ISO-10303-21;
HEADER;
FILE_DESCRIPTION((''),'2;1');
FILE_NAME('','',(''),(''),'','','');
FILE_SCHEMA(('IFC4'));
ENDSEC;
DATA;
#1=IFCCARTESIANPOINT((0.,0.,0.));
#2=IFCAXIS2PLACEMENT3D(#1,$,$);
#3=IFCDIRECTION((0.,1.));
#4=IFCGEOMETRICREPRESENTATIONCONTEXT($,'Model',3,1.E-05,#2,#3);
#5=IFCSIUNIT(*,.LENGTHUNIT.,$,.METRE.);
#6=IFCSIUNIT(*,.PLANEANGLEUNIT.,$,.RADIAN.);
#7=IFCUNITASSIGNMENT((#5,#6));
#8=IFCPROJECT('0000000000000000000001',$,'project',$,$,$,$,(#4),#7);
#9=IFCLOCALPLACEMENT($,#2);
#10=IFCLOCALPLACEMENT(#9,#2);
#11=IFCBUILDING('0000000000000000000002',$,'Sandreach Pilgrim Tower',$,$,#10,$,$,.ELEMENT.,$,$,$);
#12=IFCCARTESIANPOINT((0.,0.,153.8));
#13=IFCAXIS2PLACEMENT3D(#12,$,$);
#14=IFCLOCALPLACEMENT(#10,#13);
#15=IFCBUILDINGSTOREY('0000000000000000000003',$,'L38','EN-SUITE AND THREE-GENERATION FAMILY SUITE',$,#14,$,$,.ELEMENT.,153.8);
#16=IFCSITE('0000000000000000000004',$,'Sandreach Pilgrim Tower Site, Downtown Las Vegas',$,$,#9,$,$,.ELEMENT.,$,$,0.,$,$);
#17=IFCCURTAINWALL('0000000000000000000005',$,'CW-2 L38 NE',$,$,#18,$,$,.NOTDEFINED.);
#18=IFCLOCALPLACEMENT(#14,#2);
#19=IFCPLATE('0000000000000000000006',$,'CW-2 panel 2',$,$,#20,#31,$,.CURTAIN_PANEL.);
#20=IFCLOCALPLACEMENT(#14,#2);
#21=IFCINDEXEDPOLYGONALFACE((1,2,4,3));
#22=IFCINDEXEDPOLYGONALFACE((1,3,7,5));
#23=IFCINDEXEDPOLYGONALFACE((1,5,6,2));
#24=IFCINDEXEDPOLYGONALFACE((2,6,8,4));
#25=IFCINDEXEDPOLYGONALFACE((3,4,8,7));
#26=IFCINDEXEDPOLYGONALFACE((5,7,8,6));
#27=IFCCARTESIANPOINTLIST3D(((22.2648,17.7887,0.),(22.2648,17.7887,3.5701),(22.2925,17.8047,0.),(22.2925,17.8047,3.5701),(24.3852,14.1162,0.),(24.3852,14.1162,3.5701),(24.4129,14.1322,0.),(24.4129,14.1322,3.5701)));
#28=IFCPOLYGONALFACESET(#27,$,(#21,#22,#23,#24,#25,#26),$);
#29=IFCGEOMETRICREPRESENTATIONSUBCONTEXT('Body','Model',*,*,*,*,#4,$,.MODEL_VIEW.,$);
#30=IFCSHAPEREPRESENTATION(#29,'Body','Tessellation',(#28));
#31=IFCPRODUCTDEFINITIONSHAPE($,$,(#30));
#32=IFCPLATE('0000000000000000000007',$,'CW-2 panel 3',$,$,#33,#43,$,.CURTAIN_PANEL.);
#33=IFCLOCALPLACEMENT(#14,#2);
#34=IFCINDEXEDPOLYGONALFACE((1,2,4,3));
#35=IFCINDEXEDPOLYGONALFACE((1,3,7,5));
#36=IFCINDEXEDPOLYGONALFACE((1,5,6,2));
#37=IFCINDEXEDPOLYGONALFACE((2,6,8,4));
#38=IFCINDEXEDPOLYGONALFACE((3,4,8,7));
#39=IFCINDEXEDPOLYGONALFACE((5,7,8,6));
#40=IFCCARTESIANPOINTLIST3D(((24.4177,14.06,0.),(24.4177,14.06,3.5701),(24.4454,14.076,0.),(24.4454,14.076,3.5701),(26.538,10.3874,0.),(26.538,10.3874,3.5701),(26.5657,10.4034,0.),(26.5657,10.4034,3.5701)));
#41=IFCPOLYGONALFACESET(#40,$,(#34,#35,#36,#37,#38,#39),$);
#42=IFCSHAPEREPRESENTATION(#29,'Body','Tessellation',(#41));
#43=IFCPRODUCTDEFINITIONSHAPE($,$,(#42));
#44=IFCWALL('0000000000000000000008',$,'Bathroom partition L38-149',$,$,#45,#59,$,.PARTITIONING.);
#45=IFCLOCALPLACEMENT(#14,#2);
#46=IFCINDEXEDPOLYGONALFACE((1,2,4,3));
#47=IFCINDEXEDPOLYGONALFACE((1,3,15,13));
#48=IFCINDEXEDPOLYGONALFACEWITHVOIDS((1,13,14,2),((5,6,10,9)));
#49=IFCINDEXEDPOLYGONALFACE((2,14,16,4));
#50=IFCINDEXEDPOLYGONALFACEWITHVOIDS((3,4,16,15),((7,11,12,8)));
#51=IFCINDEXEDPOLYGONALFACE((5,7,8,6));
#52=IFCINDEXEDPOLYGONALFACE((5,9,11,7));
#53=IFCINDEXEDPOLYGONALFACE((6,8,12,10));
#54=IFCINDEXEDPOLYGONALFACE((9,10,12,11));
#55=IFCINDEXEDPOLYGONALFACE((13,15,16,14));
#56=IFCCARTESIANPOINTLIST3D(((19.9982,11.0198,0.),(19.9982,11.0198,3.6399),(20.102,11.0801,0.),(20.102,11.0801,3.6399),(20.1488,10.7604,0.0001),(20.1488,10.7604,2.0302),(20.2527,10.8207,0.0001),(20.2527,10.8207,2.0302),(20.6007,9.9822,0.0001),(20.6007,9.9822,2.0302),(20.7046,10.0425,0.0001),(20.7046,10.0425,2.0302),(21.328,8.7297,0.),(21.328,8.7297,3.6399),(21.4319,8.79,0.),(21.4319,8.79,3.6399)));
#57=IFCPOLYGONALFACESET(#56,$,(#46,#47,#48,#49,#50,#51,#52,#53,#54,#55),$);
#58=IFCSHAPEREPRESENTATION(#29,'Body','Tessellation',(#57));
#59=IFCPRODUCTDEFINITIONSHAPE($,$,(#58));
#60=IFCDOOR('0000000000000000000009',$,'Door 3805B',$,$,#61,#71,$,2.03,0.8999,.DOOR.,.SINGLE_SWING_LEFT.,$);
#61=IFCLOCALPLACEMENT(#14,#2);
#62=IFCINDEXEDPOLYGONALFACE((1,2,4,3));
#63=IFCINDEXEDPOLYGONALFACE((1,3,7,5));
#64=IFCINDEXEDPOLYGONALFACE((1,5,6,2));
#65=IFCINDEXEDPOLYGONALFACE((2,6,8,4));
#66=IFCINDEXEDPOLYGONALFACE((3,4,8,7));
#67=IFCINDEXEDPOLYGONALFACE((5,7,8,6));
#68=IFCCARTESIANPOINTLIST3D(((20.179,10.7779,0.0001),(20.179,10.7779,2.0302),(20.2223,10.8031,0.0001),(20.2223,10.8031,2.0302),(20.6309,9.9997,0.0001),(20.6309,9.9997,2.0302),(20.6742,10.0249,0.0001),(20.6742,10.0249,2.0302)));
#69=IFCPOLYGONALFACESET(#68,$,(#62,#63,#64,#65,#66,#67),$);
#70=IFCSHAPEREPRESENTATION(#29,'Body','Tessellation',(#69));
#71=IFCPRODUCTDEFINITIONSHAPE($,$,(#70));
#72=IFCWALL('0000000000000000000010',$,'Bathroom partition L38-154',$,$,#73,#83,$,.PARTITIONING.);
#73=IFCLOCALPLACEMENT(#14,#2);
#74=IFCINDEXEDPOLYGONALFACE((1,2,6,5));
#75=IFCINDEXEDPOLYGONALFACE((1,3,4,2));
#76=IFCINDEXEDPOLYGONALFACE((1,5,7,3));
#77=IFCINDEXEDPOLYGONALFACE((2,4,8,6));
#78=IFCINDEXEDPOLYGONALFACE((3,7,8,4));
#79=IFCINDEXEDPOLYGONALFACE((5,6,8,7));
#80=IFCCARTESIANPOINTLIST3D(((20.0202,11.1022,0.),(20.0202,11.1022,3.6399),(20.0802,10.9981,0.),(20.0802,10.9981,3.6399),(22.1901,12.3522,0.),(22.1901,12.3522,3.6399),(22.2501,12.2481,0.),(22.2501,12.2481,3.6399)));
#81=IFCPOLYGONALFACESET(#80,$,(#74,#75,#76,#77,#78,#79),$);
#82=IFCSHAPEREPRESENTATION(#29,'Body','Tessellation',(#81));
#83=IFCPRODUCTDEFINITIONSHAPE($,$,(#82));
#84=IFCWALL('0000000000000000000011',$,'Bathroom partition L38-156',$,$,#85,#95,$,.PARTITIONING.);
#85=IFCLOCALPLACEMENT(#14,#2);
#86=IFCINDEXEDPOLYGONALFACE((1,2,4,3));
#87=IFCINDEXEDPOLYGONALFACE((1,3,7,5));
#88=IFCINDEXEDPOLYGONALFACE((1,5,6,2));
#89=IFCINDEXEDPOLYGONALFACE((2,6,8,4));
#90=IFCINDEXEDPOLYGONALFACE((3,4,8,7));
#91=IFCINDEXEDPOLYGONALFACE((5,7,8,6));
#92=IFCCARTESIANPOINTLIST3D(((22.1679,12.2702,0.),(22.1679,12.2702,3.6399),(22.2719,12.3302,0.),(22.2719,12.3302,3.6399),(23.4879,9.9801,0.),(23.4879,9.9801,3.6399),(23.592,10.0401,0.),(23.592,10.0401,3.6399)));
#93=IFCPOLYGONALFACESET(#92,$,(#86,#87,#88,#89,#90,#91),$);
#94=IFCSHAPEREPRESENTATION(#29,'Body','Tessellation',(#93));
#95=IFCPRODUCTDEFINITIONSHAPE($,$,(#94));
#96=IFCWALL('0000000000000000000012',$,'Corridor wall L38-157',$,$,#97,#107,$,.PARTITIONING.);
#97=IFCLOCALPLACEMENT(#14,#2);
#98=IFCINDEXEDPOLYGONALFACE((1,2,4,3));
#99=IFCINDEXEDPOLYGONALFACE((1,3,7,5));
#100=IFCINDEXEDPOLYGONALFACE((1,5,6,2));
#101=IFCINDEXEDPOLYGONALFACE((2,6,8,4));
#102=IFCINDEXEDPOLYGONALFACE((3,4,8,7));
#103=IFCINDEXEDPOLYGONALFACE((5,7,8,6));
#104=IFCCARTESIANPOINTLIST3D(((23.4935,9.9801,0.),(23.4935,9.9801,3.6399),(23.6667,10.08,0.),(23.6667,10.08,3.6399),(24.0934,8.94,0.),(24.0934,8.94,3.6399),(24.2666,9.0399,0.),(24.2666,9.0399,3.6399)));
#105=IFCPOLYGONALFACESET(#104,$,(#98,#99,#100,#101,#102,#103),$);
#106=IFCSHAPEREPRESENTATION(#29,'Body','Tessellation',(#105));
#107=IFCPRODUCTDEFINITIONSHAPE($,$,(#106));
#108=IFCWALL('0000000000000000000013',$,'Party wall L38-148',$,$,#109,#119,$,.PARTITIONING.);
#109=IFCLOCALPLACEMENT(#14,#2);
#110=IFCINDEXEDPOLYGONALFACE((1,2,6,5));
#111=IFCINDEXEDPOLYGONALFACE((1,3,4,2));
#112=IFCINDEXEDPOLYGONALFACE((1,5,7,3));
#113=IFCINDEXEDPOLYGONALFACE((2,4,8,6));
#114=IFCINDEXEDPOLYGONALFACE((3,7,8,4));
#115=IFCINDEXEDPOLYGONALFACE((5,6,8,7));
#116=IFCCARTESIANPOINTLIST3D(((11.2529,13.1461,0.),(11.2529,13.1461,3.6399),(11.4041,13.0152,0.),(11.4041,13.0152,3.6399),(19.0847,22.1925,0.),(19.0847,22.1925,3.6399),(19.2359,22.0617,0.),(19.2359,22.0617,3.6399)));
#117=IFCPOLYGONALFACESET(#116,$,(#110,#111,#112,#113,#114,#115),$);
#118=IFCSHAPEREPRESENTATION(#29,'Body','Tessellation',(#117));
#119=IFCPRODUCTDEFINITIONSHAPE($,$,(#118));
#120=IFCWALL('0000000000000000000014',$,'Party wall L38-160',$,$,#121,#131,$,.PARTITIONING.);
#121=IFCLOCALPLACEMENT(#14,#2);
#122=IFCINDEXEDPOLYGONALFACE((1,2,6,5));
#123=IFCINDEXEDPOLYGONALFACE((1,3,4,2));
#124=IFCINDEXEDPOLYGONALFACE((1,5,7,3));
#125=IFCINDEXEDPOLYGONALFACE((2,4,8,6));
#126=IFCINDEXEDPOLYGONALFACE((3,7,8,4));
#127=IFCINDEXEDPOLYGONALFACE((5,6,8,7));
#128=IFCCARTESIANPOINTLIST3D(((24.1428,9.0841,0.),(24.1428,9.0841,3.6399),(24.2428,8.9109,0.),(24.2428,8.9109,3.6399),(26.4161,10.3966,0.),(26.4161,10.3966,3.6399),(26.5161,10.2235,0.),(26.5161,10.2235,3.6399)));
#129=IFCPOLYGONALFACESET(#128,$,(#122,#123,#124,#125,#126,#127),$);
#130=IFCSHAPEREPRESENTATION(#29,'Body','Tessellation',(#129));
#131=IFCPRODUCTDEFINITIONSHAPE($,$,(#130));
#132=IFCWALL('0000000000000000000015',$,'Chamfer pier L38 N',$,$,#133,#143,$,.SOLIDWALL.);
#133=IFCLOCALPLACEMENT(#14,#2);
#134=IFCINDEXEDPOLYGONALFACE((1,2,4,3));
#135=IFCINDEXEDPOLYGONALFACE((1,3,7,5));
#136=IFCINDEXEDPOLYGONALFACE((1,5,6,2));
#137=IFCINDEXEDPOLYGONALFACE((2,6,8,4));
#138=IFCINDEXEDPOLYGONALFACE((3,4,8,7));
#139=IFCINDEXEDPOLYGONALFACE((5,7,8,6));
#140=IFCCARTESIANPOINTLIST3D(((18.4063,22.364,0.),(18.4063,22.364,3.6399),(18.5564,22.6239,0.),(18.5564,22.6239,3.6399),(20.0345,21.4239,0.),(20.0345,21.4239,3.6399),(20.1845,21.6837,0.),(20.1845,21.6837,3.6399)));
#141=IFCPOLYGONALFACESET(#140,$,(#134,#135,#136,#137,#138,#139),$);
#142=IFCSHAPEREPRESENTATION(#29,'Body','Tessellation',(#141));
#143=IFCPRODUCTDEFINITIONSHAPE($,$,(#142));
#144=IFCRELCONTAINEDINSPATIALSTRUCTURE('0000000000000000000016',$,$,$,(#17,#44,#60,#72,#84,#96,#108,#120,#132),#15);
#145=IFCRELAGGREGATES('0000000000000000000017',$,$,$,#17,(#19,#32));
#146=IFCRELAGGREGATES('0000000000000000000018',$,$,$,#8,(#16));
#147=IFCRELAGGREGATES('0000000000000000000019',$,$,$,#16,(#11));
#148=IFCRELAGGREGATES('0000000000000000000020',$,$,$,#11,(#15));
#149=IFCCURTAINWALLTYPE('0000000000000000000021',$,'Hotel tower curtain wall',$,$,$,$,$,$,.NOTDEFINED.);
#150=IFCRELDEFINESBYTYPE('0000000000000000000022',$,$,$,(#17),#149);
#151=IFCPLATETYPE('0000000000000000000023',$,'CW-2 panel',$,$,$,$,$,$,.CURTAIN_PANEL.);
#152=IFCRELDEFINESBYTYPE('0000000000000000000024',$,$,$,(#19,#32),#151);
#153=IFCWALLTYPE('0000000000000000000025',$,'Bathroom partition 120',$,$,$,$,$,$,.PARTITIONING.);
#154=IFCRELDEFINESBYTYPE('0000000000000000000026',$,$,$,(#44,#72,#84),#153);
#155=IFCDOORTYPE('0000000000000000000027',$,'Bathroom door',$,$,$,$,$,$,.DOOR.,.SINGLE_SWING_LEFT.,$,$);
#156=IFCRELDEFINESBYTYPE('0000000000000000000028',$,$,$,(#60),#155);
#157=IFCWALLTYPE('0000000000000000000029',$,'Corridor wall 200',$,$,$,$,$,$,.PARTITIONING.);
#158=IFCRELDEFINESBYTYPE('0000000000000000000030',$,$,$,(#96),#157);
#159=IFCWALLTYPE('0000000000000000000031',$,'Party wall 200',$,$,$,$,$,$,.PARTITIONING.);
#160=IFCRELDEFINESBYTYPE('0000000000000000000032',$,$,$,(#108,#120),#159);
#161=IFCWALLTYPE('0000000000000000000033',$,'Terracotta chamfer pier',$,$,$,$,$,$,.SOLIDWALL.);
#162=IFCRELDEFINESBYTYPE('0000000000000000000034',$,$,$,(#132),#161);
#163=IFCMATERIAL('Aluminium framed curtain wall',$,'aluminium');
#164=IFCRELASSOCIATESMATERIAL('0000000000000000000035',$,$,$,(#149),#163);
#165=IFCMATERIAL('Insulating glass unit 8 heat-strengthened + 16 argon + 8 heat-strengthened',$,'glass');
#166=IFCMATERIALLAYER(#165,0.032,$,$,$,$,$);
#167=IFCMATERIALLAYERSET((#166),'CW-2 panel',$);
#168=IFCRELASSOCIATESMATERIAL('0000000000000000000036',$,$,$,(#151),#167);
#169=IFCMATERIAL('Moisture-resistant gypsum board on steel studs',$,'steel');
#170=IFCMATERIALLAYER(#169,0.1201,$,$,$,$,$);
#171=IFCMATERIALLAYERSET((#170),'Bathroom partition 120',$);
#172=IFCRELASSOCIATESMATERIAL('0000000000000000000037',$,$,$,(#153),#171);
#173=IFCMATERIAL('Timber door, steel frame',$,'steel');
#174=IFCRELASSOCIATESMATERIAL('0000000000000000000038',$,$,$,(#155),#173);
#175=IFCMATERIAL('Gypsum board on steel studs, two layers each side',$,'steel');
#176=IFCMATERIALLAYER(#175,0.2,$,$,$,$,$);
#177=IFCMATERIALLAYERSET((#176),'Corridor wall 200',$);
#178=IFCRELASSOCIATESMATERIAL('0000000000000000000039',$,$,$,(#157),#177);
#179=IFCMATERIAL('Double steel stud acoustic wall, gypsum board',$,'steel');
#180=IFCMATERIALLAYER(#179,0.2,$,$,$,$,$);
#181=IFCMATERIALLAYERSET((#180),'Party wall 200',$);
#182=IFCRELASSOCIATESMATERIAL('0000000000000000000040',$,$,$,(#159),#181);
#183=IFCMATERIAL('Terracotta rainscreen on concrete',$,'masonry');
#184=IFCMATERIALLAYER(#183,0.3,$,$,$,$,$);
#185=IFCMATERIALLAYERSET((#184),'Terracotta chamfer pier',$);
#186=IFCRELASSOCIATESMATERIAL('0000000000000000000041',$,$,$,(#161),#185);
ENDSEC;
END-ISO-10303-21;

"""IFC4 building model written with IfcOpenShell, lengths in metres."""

from ifc_helpers import new_model, si_unit, direction, frame, frame_2d, origin, origin_2d, place, context, subcontext, project, spatial, rectangle, extrude, material, layer, layer_set, type_object, element, fill, aggregate, save


model = new_model("IFC4")

# Units and contexts
model_context = context("Model", 3, precision=1e-05, world=origin(), true_north=direction((0.0, 1.0)))
body_context = subcontext(model_context, "Body", "Model", "MODEL_VIEW")
ifc_project = project(units=[si_unit("LENGTHUNIT", "METRE"), si_unit("PLANEANGLEUNIT", "RADIAN")], contexts=[model_context])

# Site, building, storey
site_placement = place(None, origin())
site = spatial("IfcSite", under=ifc_project, at=site_placement, Name="Sandreach Pilgrim Tower Site, Downtown Las Vegas", CompositionType="ELEMENT", RefElevation=0.0)
building_placement = place(site_placement, origin())
building = spatial("IfcBuilding", under=site, at=building_placement, Name="Sandreach Pilgrim Tower", CompositionType="ELEMENT")
storey_placement = place(building_placement, frame((0.0, 0.0, 153.8)))
storey = spatial("IfcBuildingStorey", under=building, at=storey_placement, Name="L38", Description="EN-SUITE AND THREE-GENERATION FAMILY SUITE", CompositionType="ELEMENT", Elevation=153.8)

# Shared definitions
ifc_material_1 = material(Name="Aluminium framed curtain wall", Category="aluminium")
curtain_wall_type = type_object("IfcCurtainWallType", Name="Hotel tower curtain wall", PredefinedType="NOTDEFINED", material=ifc_material_1)

# Curtain wall
curtain_wall_1_placement = place(storey_placement, origin())
curtain_wall_1 = element("IfcCurtainWall", 1, at=curtain_wall_1_placement, inside=storey, type_object=curtain_wall_type, Name="CW-2 L38 NE", PredefinedType="NOTDEFINED")

# Plates
ifc_material_2 = material(Name="Insulating glass unit 8 heat-strengthened + 16 argon + 8 heat-strengthened", Category="glass")
ifc_layer_1 = layer(ifc_material_2, 0.032)
ifc_layer_set_1 = layer_set([ifc_layer_1], Name="CW-2 panel")
plate_type = type_object("IfcPlateType", Name="CW-2 panel", PredefinedType="CURTAIN_PANEL", material=ifc_layer_set_1)
plate_1_placement = place(storey_placement, frame((23.3389, 15.9604, 0.0), z_axis=(0.0, 0.0, 1.0), x_axis=(0.5, -0.866025, 0.0)))
plate_1 = element("IfcPlate", 2, at=plate_1_placement, type_object=plate_type, Name="CW-2 panel 2", PredefinedType="CURTAIN_PANEL", context=body_context, shape_type="SweptSolid", body=[
    extrude(rectangle(XDim=4.2407, YDim=0.032, at=origin_2d()), origin(), (0.0, 0.0, 1.0), 3.5701),
])
plate_2_placement = place(storey_placement, frame((25.4917, 12.2317, 0.0), z_axis=(0.0, 0.0, 1.0), x_axis=(0.5, -0.866025, 0.0)))
plate_2 = element("IfcPlate", 3, at=plate_2_placement, type_object=plate_type, Name="CW-2 panel 3", PredefinedType="CURTAIN_PANEL", context=body_context, shape_type="SweptSolid", body=[
    extrude(rectangle(XDim=4.2407, YDim=0.032, at=origin_2d()), origin(), (0.0, 0.0, 1.0), 3.5701),
])
aggregate(curtain_wall_1, [plate_1, plate_2])

# Wall, opening, door
ifc_material_3 = material(Name="Moisture-resistant gypsum board on steel studs", Category="steel")
ifc_layer_2 = layer(ifc_material_3, 0.1201)
ifc_layer_set_2 = layer_set([ifc_layer_2], Name="Bathroom partition 120")
wall_type_1 = type_object("IfcWallType", Name="Bathroom partition 120", PredefinedType="PARTITIONING", material=ifc_layer_set_2)
wall_1_placement = place(storey_placement, frame((20.05, 11.05, 0.0), z_axis=(0.0, 0.0, 1.0), x_axis=(0.502173, -0.864767, 0.0)))
wall_1 = element("IfcWall", 4, at=wall_1_placement, inside=storey, type_object=wall_type_1, Name="Bathroom partition L38-149", PredefinedType="PARTITIONING", context=body_context, shape_type="SweptSolid", body=[
    extrude(rectangle(XDim=2.6482, YDim=0.1201, at=frame_2d((1.3242, 0.0))), origin(), (0.0, 0.0, 1.0), 3.6399),
])
opening_placement = place(wall_1_placement, frame((0.3, 0.0, 0.0)))
opening = element("IfcOpeningElement", 5, at=opening_placement, cuts=wall_1, PredefinedType="OPENING", context=body_context, shape_type="SweptSolid", body=[
    extrude(rectangle(XDim=0.8999, YDim=2.03, at=frame_2d((0.45, 1.0151))), frame((0.0, 0.0601, 0.0), z_axis=(0.0, -1.0, 0.0), x_axis=(1.0, 0.0, 0.0)), (0.0, 0.0, 1.0), 0.1201),
])
ifc_material_4 = material(Name="Timber door, steel frame", Category="steel")
door_type = type_object("IfcDoorType", Name="Bathroom door", OperationType="SINGLE_SWING_LEFT", PredefinedType="DOOR", material=ifc_material_4)
door_placement = place(opening_placement, origin())
door = element("IfcDoor", 6, at=door_placement, inside=storey, type_object=door_type, Name="Door 3805B", OperationType="SINGLE_SWING_LEFT", OverallHeight=2.03, OverallWidth=0.8999, PredefinedType="DOOR", context=body_context, shape_type="SweptSolid", body=[
    extrude(rectangle(XDim=0.8999, YDim=2.03, at=frame_2d((0.45, 1.0151))), frame((0.0, 0.0249, 0.0), z_axis=(0.0, -1.0, 0.0), x_axis=(1.0, 0.0, 0.0)), (0.0, 0.0, 1.0), 0.05),
])
fill(opening, door)

# Walls
wall_2_placement = place(storey_placement, frame((22.22, 12.3, 0.0), z_axis=(0.0, 0.0, 1.0), x_axis=(-0.86651, -0.49916, 0.0)))
element("IfcWall", 7, at=wall_2_placement, inside=storey, type_object=wall_type_1, Name="Bathroom partition L38-154", PredefinedType="PARTITIONING", context=body_context, shape_type="SweptSolid", body=[
    extrude(rectangle(XDim=2.5042, YDim=0.1201, at=frame_2d((1.252, 0.0))), origin(), (0.0, 0.0, 1.0), 3.6399),
])
wall_3_placement = place(storey_placement, frame((23.54, 10.01, 0.0), z_axis=(0.0, 0.0, 1.0), x_axis=(-0.499408, 0.866367, 0.0)))
element("IfcWall", 8, at=wall_3_placement, inside=storey, type_object=wall_type_1, Name="Bathroom partition L38-156", PredefinedType="PARTITIONING", context=body_context, shape_type="SweptSolid", body=[
    extrude(rectangle(XDim=2.6433, YDim=0.1201, at=frame_2d((1.3218, 0.0))), origin(), (0.0, 0.0, 1.0), 3.6399),
])
ifc_material_5 = material(Name="Gypsum board on steel studs, two layers each side", Category="steel")
ifc_layer_3 = layer(ifc_material_5, 0.2)
ifc_layer_set_3 = layer_set([ifc_layer_3], Name="Corridor wall 200")
wall_type_2 = type_object("IfcWallType", Name="Corridor wall 200", PredefinedType="PARTITIONING", material=ifc_layer_set_3)
wall_4_placement = place(storey_placement, frame((23.5801, 10.03, 0.0), z_axis=(0.0, 0.0, 1.0), x_axis=(0.499617, -0.866247, 0.0)))
element("IfcWall", 9, at=wall_4_placement, inside=storey, type_object=wall_type_2, Name="Corridor wall L38-157", PredefinedType="PARTITIONING", context=body_context, shape_type="SweptSolid", body=[
    extrude(rectangle(XDim=1.2007, YDim=0.2, at=frame_2d((0.6003, 0.0))), origin(), (0.0, 0.0, 1.0), 3.6399),
])
ifc_material_6 = material(Name="Double steel stud acoustic wall, gypsum board", Category="steel")
ifc_layer_4 = layer(ifc_material_6, 0.2)
ifc_layer_set_4 = layer_set([ifc_layer_4], Name="Party wall 200")
wall_type_3 = type_object("IfcWallType", Name="Party wall 200", PredefinedType="PARTITIONING", material=ifc_layer_set_4)
wall_5_placement = place(storey_placement, frame((19.1604, 22.1272, 0.0), z_axis=(0.0, 0.0, 1.0), x_axis=(-0.654529, -0.756037, 0.0)))
element("IfcWall", 10, at=wall_5_placement, inside=storey, type_object=wall_type_3, Name="Party wall L38-148", PredefinedType="PARTITIONING", context=body_context, shape_type="SweptSolid", body=[
    extrude(rectangle(XDim=11.9656, YDim=0.2, at=frame_2d((5.9829, 0.0))), origin(), (0.0, 0.0, 1.0), 3.6399),
])
wall_6_placement = place(storey_placement, frame((26.4661, 10.3101, 0.0), z_axis=(0.0, 0.0, 1.0), x_axis=(-0.866014, -0.50002, 0.0)))
element("IfcWall", 11, at=wall_6_placement, inside=storey, type_object=wall_type_3, Name="Party wall L38-160", PredefinedType="PARTITIONING", context=body_context, shape_type="SweptSolid", body=[
    extrude(rectangle(XDim=2.625, YDim=0.2, at=frame_2d((1.3125, 0.0))), origin(), (0.0, 0.0, 1.0), 3.6399),
])
ifc_material_7 = material(Name="Terracotta rainscreen on concrete", Category="masonry")
ifc_layer_5 = layer(ifc_material_7, 0.3)
ifc_layer_set_5 = layer_set([ifc_layer_5], Name="Terracotta chamfer pier")
wall_type_4 = type_object("IfcWallType", Name="Terracotta chamfer pier", PredefinedType="SOLIDWALL", material=ifc_layer_set_5)
wall_7_placement = place(storey_placement, frame((18.4814, 22.4939, 0.0), z_axis=(0.0, 0.0, 1.0), x_axis=(0.865989, -0.500063, 0.0)))
element("IfcWall", 12, at=wall_7_placement, inside=storey, type_object=wall_type_4, Name="Chamfer pier L38 N", PredefinedType="SOLIDWALL", context=body_context, shape_type="SweptSolid", body=[
    extrude(rectangle(XDim=1.8801, YDim=0.3, at=frame_2d((0.9399, 0.0))), origin(), (0.0, 0.0, 1.0), 3.6399),
])

save(model, "model.ifc")
